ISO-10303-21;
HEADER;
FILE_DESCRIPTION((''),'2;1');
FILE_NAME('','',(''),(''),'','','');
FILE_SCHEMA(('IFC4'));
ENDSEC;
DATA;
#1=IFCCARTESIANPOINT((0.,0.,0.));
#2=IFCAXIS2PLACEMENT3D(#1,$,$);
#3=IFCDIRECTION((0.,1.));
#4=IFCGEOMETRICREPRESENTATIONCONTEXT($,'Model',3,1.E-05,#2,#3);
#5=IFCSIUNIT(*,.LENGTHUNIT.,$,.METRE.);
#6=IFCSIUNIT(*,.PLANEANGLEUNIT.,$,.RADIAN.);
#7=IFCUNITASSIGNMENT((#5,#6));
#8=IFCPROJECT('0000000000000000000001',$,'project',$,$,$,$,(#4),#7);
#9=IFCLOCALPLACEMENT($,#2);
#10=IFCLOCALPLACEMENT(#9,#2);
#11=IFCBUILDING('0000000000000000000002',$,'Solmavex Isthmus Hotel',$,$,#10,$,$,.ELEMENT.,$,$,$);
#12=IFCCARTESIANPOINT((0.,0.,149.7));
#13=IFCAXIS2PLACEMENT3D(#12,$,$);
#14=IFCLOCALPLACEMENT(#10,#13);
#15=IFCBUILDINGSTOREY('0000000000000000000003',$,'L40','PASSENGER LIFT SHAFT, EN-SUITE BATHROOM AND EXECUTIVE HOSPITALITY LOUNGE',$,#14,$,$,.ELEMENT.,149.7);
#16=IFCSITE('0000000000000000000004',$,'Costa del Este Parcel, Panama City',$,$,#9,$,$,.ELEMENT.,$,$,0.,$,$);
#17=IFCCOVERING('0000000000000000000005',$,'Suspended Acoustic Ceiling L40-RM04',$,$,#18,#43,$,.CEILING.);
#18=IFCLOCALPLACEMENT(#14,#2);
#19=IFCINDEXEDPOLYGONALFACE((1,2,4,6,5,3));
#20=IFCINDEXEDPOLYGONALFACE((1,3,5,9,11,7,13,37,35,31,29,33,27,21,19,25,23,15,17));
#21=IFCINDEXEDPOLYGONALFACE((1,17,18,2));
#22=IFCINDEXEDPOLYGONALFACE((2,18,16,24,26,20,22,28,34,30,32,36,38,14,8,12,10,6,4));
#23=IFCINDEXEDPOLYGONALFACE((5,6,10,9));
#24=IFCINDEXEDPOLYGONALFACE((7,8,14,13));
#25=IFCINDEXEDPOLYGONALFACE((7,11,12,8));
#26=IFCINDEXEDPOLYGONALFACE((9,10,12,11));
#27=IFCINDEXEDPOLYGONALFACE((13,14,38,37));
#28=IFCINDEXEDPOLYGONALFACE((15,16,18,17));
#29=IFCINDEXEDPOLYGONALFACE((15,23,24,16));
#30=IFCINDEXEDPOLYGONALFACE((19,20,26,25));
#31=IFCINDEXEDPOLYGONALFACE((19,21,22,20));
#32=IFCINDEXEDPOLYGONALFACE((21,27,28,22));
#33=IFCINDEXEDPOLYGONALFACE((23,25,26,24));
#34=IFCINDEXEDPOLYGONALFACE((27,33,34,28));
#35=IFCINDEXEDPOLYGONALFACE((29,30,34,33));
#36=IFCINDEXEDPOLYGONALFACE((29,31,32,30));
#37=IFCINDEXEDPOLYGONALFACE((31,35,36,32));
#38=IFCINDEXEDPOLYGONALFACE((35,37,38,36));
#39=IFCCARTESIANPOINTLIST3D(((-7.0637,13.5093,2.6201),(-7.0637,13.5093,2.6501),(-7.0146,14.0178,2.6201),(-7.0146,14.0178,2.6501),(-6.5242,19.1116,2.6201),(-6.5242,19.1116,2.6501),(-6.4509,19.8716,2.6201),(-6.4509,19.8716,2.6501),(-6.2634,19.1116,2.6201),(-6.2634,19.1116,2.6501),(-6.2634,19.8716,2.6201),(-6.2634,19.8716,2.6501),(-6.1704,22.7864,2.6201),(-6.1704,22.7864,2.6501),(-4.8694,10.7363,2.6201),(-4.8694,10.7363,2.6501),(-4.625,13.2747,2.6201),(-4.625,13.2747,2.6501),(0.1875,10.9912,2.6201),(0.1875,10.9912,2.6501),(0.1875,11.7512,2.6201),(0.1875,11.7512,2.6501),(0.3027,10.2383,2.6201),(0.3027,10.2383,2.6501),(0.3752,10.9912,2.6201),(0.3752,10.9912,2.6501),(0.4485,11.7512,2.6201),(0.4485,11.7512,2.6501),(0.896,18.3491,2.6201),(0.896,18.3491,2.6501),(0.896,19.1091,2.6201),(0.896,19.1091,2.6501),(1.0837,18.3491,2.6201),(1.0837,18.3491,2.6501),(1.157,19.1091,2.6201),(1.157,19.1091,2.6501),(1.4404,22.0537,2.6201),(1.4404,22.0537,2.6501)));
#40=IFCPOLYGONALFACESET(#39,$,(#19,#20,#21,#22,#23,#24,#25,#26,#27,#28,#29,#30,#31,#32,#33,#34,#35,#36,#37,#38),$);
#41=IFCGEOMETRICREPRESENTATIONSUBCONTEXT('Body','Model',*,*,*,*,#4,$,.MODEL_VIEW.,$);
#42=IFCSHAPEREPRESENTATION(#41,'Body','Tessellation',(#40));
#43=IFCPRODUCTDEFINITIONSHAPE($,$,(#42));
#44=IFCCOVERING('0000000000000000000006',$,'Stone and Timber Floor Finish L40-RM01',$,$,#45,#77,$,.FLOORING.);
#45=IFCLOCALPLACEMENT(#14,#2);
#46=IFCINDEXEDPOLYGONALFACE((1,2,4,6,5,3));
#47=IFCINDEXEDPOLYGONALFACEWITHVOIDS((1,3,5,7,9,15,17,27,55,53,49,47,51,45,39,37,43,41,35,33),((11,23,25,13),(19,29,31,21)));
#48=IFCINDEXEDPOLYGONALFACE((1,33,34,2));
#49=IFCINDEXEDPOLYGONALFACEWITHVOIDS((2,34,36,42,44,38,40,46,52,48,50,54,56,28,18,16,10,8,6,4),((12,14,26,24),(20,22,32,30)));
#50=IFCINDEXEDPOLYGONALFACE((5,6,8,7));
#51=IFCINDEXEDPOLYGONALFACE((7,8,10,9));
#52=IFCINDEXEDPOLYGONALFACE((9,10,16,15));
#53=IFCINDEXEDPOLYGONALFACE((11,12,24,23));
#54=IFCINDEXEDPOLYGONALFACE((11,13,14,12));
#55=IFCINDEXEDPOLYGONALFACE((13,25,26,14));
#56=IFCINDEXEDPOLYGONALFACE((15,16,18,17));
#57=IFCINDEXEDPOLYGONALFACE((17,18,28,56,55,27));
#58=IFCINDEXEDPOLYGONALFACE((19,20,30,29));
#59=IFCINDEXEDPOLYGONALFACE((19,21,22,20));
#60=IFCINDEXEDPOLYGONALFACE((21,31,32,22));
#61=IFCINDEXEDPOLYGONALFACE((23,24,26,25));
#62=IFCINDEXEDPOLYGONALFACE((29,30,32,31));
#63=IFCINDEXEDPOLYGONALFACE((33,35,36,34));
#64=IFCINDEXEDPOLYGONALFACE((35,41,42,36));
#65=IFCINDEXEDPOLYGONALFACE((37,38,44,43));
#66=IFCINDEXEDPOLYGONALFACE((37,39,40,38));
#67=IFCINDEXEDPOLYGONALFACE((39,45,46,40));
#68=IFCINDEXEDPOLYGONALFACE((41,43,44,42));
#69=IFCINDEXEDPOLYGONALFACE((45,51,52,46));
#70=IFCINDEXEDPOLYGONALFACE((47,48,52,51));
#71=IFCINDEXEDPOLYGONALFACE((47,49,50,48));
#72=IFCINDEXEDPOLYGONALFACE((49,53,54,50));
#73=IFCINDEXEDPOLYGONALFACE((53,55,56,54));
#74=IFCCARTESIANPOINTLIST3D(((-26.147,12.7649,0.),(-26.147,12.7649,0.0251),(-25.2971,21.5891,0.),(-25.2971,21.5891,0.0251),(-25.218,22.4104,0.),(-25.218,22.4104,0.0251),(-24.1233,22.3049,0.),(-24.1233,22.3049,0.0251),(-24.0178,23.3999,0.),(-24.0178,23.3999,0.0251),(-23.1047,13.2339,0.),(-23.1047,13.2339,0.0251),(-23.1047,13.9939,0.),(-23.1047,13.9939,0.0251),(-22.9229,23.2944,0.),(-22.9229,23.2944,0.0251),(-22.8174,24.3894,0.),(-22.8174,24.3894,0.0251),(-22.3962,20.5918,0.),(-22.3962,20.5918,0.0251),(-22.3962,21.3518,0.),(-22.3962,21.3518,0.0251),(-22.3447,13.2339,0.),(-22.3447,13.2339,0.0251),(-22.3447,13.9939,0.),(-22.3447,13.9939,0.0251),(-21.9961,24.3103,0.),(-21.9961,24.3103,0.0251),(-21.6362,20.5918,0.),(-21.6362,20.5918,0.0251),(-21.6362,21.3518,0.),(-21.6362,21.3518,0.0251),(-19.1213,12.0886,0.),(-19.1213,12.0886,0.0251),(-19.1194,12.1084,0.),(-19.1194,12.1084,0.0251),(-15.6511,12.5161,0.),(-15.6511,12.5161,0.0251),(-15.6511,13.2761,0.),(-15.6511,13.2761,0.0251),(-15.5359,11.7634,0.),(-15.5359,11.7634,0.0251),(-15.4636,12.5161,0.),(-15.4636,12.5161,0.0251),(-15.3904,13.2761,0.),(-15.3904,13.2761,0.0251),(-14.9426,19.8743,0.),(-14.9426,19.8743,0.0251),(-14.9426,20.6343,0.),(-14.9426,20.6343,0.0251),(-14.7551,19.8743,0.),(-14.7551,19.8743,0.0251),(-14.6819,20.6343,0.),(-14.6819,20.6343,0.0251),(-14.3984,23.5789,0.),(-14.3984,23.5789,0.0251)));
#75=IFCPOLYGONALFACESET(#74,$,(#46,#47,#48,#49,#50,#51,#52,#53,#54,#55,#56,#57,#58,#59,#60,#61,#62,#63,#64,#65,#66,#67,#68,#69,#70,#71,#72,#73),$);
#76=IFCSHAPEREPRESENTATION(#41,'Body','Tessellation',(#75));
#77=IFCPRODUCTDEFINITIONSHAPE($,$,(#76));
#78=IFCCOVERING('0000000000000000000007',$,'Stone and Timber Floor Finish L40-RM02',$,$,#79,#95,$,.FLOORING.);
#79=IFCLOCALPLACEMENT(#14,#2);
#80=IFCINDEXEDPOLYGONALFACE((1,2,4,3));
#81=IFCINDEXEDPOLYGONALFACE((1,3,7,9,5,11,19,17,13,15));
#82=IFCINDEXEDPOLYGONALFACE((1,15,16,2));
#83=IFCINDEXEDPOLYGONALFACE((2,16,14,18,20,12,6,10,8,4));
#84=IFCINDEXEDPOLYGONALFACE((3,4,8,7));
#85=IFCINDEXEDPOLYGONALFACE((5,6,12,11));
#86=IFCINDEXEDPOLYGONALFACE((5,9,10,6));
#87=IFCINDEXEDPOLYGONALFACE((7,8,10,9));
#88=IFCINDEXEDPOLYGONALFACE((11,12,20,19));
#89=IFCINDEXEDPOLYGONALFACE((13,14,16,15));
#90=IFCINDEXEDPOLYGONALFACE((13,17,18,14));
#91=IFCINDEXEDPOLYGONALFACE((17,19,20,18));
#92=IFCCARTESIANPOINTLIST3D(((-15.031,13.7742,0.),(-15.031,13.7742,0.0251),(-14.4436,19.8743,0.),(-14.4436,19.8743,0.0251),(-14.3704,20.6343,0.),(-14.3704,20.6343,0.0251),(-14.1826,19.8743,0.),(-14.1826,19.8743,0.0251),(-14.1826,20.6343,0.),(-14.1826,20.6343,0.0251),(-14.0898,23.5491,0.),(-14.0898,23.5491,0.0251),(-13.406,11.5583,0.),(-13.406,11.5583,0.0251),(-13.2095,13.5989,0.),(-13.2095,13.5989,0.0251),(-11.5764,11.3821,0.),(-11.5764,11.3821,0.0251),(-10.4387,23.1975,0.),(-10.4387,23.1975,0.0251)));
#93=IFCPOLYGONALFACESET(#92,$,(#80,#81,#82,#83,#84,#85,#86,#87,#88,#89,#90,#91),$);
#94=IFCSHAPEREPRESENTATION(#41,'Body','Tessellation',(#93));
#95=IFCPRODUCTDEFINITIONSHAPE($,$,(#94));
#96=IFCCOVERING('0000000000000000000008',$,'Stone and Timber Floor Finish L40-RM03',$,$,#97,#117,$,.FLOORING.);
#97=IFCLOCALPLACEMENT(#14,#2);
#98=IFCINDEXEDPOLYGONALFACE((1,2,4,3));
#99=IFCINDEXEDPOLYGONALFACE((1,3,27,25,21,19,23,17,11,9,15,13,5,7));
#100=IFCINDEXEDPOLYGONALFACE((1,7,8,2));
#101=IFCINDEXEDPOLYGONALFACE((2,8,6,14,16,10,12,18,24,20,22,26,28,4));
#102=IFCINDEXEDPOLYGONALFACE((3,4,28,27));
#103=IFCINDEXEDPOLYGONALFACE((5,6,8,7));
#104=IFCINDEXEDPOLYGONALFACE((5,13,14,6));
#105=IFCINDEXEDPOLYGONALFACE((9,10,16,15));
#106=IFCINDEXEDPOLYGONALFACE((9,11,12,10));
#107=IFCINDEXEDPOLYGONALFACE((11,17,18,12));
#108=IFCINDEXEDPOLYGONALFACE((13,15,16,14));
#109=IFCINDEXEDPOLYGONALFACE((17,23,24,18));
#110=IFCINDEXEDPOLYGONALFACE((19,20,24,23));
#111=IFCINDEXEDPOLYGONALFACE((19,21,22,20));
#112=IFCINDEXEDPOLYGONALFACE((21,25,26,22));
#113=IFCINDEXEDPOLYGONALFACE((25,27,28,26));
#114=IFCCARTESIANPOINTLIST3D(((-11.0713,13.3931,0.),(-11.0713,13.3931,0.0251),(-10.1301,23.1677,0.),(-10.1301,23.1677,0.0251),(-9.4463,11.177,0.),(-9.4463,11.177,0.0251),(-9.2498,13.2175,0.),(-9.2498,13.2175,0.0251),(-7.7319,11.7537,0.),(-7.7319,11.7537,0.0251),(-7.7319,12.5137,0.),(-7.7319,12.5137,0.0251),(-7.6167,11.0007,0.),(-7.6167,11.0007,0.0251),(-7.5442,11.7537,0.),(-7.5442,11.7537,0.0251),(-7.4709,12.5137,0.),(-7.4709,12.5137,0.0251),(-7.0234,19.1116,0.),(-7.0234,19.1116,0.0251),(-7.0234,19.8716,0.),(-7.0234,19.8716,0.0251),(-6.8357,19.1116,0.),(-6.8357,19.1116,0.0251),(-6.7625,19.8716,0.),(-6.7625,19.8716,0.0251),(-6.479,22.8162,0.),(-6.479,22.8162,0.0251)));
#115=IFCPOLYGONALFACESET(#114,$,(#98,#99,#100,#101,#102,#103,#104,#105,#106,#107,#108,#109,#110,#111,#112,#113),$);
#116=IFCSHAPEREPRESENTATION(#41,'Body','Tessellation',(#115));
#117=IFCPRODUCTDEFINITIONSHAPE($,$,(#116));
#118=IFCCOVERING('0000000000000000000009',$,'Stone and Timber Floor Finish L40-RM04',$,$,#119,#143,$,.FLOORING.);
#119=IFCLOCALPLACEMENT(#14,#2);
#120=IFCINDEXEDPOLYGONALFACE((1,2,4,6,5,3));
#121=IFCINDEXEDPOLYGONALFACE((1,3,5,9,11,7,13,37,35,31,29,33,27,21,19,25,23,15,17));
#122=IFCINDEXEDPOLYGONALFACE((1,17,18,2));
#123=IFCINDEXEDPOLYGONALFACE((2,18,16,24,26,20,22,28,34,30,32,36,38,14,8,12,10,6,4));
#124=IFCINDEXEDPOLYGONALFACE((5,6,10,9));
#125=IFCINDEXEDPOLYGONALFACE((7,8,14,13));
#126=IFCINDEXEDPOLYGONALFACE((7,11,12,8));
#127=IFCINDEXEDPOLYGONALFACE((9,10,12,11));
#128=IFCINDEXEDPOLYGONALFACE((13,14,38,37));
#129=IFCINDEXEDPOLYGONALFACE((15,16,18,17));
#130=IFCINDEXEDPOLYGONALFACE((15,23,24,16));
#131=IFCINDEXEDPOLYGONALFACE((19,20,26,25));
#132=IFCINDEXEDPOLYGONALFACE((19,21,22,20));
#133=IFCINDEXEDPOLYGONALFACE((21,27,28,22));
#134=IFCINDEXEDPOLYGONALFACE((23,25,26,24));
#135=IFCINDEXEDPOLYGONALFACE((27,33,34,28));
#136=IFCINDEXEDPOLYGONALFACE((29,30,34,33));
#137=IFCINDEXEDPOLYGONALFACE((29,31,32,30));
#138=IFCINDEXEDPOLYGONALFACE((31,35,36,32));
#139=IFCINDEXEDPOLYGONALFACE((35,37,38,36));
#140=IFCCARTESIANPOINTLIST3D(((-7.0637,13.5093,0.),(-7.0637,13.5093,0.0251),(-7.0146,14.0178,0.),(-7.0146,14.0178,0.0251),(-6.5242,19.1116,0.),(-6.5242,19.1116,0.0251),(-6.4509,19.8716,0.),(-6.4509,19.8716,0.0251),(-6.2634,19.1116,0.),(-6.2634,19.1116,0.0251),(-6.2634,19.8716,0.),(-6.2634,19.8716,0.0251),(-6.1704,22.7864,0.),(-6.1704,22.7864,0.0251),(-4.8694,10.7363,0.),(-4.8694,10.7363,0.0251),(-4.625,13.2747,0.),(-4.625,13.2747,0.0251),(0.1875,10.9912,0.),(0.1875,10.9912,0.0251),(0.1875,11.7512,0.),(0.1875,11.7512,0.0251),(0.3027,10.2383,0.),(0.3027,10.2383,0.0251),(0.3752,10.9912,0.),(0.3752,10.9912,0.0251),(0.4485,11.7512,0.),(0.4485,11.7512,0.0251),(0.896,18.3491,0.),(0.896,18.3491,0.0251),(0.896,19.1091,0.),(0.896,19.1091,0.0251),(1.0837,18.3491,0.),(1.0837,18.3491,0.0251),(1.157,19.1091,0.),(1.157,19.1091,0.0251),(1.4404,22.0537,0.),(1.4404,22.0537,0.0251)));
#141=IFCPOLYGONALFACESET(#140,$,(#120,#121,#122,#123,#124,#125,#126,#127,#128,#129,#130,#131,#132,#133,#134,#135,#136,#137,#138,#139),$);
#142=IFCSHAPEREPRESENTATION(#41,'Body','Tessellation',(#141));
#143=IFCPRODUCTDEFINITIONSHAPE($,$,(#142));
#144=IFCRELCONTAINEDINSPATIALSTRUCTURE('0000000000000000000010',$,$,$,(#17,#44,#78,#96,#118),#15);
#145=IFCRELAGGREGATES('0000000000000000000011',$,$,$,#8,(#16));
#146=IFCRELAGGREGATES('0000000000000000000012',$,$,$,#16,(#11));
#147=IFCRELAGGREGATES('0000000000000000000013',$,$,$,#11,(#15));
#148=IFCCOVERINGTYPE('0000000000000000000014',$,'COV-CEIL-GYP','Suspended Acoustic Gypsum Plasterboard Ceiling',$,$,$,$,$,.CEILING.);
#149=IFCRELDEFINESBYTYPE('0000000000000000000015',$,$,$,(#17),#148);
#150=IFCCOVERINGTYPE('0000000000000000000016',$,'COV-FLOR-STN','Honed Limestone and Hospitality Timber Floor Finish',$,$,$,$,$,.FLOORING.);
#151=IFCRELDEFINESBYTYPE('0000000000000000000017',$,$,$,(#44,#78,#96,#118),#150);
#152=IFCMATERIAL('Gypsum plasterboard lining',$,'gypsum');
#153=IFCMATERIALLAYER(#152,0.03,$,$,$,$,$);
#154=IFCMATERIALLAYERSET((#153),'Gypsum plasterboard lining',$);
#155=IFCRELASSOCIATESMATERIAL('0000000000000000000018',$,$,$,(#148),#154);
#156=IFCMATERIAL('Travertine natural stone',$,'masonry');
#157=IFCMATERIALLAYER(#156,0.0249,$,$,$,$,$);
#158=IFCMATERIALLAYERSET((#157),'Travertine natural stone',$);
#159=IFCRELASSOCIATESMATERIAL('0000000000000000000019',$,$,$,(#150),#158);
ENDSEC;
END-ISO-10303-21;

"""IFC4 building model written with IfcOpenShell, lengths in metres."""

from ifc_helpers import new_model, si_unit, direction, frame, origin, place, context, subcontext, project, spatial, polyline, outline, extrude, material, layer, layer_set, type_object, element, save


model = new_model("IFC4")

# Units and contexts
model_context = context("Model", 3, precision=1e-05, world=origin(), true_north=direction((0.0, 1.0)))
body_context = subcontext(model_context, "Body", "Model", "MODEL_VIEW")
ifc_project = project(units=[si_unit("LENGTHUNIT", "METRE"), si_unit("PLANEANGLEUNIT", "RADIAN")], contexts=[model_context])

# Site, building, storey
site_placement = place(None, origin())
site = spatial("IfcSite", under=ifc_project, at=site_placement, Name="Costa del Este Parcel, Panama City", CompositionType="ELEMENT", RefElevation=0.0)
building_placement = place(site_placement, origin())
building = spatial("IfcBuilding", under=site, at=building_placement, Name="Solmavex Isthmus Hotel", CompositionType="ELEMENT")
storey_placement = place(building_placement, frame((0.0, 0.0, 149.7)))
storey = spatial("IfcBuildingStorey", under=building, at=storey_placement, Name="L40", Description="PASSENGER LIFT SHAFT, EN-SUITE BATHROOM AND EXECUTIVE HOSPITALITY LOUNGE", CompositionType="ELEMENT", Elevation=149.7)

# Shared definitions
ifc_material_1 = material(Name="Gypsum plasterboard lining", Category="gypsum")

# Coverings
ifc_layer_1 = layer(ifc_material_1, 0.03)
ifc_layer_set_1 = layer_set([ifc_layer_1], Name="Gypsum plasterboard lining")
covering_type_1 = type_object("IfcCoveringType", Name="COV-CEIL-GYP", Description="Suspended Acoustic Gypsum Plasterboard Ceiling", PredefinedType="CEILING", material=ifc_layer_set_1)
covering_1_placement = place(storey_placement, frame((0.0, 0.0, 2.6201)))
element("IfcCovering", 1, at=covering_1_placement, inside=storey, type_object=covering_type_1, Name="Suspended Acoustic Ceiling L40-RM04", PredefinedType="CEILING", context=body_context, shape_type="SweptSolid", body=[
    extrude(outline(polyline([(-6.4509, 19.8716), (-6.2634, 19.8716), (-6.2634, 19.1116), (-6.5242, 19.1116), (-7.0146, 14.0178), (-7.0637, 13.5093), (-4.625, 13.2747), (-4.8694, 10.7363), (0.3027, 10.2383), (0.3752, 10.9912), (0.1875, 10.9912), (0.1875, 11.7512), (0.4485, 11.7512), (1.0837, 18.3491), (0.896, 18.3491), (0.896, 19.1091), (1.157, 19.1091), (1.4404, 22.0537), (-6.1704, 22.7864), (-6.4509, 19.8716)])), origin(), (0.0, 0.0, 1.0), 0.03),
])
ifc_material_2 = material(Name="Travertine natural stone", Category="masonry")
ifc_layer_2 = layer(ifc_material_2, 0.0249)
ifc_layer_set_2 = layer_set([ifc_layer_2], Name="Travertine natural stone")
covering_type_2 = type_object("IfcCoveringType", Name="COV-FLOR-STN", Description="Honed Limestone and Hospitality Timber Floor Finish", PredefinedType="FLOORING", material=ifc_layer_set_2)
covering_2_placement = place(storey_placement, origin())
element("IfcCovering", 2, at=covering_2_placement, inside=storey, type_object=covering_type_2, Name="Stone and Timber Floor Finish L40-RM01", PredefinedType="FLOORING", context=body_context, shape_type="SweptSolid", body=[
    extrude(outline(polyline([(-19.1213, 12.0886), (-19.1194, 12.1084), (-15.5359, 11.7634), (-15.4636, 12.5161), (-15.6511, 12.5161), (-15.6511, 13.2761), (-15.3904, 13.2761), (-14.7551, 19.8743), (-14.9426, 19.8743), (-14.9426, 20.6343), (-14.6819, 20.6343), (-14.3984, 23.5789), (-21.9961, 24.3103), (-22.8174, 24.3894), (-22.9229, 23.2944), (-24.0178, 23.3999), (-24.1233, 22.3049), (-25.218, 22.4104), (-25.2971, 21.5891), (-26.147, 12.7649), (-19.1213, 12.0886)]), holes=[polyline([(-22.3962, 20.5918), (-22.3962, 21.3518), (-21.6362, 21.3518), (-21.6362, 20.5918), (-22.3962, 20.5918)]), polyline([(-23.1047, 13.2339), (-23.1047, 13.9939), (-22.3447, 13.9939), (-22.3447, 13.2339), (-23.1047, 13.2339)])]), origin(), (0.0, 0.0, 1.0), 0.0251),
])
covering_3_placement = place(storey_placement, origin())
element("IfcCovering", 3, at=covering_3_placement, inside=storey, type_object=covering_type_2, Name="Stone and Timber Floor Finish L40-RM02", PredefinedType="FLOORING", context=body_context, shape_type="SweptSolid", body=[
    extrude(outline(polyline([(-14.3704, 20.6343), (-14.1826, 20.6343), (-14.1826, 19.8743), (-14.4436, 19.8743), (-15.031, 13.7742), (-13.2095, 13.5989), (-13.406, 11.5583), (-11.5764, 11.3821), (-10.4387, 23.1975), (-14.0898, 23.5491), (-14.3704, 20.6343)])), origin(), (0.0, 0.0, 1.0), 0.0251),
])
covering_4_placement = place(storey_placement, origin())
element("IfcCovering", 4, at=covering_4_placement, inside=storey, type_object=covering_type_2, Name="Stone and Timber Floor Finish L40-RM03", PredefinedType="FLOORING", context=body_context, shape_type="SweptSolid", body=[
    extrude(outline(polyline([(-6.8357, 19.1116), (-7.0234, 19.1116), (-7.0234, 19.8716), (-6.7625, 19.8716), (-6.479, 22.8162), (-10.1301, 23.1677), (-11.0713, 13.3931), (-9.2498, 13.2175), (-9.4463, 11.177), (-7.6167, 11.0007), (-7.5442, 11.7537), (-7.7319, 11.7537), (-7.7319, 12.5137), (-7.4709, 12.5137), (-6.8357, 19.1116)])), origin(), (0.0, 0.0, 1.0), 0.0251),
])
covering_5_placement = place(storey_placement, origin())
element("IfcCovering", 5, at=covering_5_placement, inside=storey, type_object=covering_type_2, Name="Stone and Timber Floor Finish L40-RM04", PredefinedType="FLOORING", context=body_context, shape_type="SweptSolid", body=[
    extrude(outline(polyline([(-6.4509, 19.8716), (-6.2634, 19.8716), (-6.2634, 19.1116), (-6.5242, 19.1116), (-7.0146, 14.0178), (-7.0637, 13.5093), (-4.625, 13.2747), (-4.8694, 10.7363), (0.3027, 10.2383), (0.3752, 10.9912), (0.1875, 10.9912), (0.1875, 11.7512), (0.4485, 11.7512), (1.0837, 18.3491), (0.896, 18.3491), (0.896, 19.1091), (1.157, 19.1091), (1.4404, 22.0537), (-6.1704, 22.7864), (-6.4509, 19.8716)])), origin(), (0.0, 0.0, 1.0), 0.0251),
])

save(model, "model.ifc")
